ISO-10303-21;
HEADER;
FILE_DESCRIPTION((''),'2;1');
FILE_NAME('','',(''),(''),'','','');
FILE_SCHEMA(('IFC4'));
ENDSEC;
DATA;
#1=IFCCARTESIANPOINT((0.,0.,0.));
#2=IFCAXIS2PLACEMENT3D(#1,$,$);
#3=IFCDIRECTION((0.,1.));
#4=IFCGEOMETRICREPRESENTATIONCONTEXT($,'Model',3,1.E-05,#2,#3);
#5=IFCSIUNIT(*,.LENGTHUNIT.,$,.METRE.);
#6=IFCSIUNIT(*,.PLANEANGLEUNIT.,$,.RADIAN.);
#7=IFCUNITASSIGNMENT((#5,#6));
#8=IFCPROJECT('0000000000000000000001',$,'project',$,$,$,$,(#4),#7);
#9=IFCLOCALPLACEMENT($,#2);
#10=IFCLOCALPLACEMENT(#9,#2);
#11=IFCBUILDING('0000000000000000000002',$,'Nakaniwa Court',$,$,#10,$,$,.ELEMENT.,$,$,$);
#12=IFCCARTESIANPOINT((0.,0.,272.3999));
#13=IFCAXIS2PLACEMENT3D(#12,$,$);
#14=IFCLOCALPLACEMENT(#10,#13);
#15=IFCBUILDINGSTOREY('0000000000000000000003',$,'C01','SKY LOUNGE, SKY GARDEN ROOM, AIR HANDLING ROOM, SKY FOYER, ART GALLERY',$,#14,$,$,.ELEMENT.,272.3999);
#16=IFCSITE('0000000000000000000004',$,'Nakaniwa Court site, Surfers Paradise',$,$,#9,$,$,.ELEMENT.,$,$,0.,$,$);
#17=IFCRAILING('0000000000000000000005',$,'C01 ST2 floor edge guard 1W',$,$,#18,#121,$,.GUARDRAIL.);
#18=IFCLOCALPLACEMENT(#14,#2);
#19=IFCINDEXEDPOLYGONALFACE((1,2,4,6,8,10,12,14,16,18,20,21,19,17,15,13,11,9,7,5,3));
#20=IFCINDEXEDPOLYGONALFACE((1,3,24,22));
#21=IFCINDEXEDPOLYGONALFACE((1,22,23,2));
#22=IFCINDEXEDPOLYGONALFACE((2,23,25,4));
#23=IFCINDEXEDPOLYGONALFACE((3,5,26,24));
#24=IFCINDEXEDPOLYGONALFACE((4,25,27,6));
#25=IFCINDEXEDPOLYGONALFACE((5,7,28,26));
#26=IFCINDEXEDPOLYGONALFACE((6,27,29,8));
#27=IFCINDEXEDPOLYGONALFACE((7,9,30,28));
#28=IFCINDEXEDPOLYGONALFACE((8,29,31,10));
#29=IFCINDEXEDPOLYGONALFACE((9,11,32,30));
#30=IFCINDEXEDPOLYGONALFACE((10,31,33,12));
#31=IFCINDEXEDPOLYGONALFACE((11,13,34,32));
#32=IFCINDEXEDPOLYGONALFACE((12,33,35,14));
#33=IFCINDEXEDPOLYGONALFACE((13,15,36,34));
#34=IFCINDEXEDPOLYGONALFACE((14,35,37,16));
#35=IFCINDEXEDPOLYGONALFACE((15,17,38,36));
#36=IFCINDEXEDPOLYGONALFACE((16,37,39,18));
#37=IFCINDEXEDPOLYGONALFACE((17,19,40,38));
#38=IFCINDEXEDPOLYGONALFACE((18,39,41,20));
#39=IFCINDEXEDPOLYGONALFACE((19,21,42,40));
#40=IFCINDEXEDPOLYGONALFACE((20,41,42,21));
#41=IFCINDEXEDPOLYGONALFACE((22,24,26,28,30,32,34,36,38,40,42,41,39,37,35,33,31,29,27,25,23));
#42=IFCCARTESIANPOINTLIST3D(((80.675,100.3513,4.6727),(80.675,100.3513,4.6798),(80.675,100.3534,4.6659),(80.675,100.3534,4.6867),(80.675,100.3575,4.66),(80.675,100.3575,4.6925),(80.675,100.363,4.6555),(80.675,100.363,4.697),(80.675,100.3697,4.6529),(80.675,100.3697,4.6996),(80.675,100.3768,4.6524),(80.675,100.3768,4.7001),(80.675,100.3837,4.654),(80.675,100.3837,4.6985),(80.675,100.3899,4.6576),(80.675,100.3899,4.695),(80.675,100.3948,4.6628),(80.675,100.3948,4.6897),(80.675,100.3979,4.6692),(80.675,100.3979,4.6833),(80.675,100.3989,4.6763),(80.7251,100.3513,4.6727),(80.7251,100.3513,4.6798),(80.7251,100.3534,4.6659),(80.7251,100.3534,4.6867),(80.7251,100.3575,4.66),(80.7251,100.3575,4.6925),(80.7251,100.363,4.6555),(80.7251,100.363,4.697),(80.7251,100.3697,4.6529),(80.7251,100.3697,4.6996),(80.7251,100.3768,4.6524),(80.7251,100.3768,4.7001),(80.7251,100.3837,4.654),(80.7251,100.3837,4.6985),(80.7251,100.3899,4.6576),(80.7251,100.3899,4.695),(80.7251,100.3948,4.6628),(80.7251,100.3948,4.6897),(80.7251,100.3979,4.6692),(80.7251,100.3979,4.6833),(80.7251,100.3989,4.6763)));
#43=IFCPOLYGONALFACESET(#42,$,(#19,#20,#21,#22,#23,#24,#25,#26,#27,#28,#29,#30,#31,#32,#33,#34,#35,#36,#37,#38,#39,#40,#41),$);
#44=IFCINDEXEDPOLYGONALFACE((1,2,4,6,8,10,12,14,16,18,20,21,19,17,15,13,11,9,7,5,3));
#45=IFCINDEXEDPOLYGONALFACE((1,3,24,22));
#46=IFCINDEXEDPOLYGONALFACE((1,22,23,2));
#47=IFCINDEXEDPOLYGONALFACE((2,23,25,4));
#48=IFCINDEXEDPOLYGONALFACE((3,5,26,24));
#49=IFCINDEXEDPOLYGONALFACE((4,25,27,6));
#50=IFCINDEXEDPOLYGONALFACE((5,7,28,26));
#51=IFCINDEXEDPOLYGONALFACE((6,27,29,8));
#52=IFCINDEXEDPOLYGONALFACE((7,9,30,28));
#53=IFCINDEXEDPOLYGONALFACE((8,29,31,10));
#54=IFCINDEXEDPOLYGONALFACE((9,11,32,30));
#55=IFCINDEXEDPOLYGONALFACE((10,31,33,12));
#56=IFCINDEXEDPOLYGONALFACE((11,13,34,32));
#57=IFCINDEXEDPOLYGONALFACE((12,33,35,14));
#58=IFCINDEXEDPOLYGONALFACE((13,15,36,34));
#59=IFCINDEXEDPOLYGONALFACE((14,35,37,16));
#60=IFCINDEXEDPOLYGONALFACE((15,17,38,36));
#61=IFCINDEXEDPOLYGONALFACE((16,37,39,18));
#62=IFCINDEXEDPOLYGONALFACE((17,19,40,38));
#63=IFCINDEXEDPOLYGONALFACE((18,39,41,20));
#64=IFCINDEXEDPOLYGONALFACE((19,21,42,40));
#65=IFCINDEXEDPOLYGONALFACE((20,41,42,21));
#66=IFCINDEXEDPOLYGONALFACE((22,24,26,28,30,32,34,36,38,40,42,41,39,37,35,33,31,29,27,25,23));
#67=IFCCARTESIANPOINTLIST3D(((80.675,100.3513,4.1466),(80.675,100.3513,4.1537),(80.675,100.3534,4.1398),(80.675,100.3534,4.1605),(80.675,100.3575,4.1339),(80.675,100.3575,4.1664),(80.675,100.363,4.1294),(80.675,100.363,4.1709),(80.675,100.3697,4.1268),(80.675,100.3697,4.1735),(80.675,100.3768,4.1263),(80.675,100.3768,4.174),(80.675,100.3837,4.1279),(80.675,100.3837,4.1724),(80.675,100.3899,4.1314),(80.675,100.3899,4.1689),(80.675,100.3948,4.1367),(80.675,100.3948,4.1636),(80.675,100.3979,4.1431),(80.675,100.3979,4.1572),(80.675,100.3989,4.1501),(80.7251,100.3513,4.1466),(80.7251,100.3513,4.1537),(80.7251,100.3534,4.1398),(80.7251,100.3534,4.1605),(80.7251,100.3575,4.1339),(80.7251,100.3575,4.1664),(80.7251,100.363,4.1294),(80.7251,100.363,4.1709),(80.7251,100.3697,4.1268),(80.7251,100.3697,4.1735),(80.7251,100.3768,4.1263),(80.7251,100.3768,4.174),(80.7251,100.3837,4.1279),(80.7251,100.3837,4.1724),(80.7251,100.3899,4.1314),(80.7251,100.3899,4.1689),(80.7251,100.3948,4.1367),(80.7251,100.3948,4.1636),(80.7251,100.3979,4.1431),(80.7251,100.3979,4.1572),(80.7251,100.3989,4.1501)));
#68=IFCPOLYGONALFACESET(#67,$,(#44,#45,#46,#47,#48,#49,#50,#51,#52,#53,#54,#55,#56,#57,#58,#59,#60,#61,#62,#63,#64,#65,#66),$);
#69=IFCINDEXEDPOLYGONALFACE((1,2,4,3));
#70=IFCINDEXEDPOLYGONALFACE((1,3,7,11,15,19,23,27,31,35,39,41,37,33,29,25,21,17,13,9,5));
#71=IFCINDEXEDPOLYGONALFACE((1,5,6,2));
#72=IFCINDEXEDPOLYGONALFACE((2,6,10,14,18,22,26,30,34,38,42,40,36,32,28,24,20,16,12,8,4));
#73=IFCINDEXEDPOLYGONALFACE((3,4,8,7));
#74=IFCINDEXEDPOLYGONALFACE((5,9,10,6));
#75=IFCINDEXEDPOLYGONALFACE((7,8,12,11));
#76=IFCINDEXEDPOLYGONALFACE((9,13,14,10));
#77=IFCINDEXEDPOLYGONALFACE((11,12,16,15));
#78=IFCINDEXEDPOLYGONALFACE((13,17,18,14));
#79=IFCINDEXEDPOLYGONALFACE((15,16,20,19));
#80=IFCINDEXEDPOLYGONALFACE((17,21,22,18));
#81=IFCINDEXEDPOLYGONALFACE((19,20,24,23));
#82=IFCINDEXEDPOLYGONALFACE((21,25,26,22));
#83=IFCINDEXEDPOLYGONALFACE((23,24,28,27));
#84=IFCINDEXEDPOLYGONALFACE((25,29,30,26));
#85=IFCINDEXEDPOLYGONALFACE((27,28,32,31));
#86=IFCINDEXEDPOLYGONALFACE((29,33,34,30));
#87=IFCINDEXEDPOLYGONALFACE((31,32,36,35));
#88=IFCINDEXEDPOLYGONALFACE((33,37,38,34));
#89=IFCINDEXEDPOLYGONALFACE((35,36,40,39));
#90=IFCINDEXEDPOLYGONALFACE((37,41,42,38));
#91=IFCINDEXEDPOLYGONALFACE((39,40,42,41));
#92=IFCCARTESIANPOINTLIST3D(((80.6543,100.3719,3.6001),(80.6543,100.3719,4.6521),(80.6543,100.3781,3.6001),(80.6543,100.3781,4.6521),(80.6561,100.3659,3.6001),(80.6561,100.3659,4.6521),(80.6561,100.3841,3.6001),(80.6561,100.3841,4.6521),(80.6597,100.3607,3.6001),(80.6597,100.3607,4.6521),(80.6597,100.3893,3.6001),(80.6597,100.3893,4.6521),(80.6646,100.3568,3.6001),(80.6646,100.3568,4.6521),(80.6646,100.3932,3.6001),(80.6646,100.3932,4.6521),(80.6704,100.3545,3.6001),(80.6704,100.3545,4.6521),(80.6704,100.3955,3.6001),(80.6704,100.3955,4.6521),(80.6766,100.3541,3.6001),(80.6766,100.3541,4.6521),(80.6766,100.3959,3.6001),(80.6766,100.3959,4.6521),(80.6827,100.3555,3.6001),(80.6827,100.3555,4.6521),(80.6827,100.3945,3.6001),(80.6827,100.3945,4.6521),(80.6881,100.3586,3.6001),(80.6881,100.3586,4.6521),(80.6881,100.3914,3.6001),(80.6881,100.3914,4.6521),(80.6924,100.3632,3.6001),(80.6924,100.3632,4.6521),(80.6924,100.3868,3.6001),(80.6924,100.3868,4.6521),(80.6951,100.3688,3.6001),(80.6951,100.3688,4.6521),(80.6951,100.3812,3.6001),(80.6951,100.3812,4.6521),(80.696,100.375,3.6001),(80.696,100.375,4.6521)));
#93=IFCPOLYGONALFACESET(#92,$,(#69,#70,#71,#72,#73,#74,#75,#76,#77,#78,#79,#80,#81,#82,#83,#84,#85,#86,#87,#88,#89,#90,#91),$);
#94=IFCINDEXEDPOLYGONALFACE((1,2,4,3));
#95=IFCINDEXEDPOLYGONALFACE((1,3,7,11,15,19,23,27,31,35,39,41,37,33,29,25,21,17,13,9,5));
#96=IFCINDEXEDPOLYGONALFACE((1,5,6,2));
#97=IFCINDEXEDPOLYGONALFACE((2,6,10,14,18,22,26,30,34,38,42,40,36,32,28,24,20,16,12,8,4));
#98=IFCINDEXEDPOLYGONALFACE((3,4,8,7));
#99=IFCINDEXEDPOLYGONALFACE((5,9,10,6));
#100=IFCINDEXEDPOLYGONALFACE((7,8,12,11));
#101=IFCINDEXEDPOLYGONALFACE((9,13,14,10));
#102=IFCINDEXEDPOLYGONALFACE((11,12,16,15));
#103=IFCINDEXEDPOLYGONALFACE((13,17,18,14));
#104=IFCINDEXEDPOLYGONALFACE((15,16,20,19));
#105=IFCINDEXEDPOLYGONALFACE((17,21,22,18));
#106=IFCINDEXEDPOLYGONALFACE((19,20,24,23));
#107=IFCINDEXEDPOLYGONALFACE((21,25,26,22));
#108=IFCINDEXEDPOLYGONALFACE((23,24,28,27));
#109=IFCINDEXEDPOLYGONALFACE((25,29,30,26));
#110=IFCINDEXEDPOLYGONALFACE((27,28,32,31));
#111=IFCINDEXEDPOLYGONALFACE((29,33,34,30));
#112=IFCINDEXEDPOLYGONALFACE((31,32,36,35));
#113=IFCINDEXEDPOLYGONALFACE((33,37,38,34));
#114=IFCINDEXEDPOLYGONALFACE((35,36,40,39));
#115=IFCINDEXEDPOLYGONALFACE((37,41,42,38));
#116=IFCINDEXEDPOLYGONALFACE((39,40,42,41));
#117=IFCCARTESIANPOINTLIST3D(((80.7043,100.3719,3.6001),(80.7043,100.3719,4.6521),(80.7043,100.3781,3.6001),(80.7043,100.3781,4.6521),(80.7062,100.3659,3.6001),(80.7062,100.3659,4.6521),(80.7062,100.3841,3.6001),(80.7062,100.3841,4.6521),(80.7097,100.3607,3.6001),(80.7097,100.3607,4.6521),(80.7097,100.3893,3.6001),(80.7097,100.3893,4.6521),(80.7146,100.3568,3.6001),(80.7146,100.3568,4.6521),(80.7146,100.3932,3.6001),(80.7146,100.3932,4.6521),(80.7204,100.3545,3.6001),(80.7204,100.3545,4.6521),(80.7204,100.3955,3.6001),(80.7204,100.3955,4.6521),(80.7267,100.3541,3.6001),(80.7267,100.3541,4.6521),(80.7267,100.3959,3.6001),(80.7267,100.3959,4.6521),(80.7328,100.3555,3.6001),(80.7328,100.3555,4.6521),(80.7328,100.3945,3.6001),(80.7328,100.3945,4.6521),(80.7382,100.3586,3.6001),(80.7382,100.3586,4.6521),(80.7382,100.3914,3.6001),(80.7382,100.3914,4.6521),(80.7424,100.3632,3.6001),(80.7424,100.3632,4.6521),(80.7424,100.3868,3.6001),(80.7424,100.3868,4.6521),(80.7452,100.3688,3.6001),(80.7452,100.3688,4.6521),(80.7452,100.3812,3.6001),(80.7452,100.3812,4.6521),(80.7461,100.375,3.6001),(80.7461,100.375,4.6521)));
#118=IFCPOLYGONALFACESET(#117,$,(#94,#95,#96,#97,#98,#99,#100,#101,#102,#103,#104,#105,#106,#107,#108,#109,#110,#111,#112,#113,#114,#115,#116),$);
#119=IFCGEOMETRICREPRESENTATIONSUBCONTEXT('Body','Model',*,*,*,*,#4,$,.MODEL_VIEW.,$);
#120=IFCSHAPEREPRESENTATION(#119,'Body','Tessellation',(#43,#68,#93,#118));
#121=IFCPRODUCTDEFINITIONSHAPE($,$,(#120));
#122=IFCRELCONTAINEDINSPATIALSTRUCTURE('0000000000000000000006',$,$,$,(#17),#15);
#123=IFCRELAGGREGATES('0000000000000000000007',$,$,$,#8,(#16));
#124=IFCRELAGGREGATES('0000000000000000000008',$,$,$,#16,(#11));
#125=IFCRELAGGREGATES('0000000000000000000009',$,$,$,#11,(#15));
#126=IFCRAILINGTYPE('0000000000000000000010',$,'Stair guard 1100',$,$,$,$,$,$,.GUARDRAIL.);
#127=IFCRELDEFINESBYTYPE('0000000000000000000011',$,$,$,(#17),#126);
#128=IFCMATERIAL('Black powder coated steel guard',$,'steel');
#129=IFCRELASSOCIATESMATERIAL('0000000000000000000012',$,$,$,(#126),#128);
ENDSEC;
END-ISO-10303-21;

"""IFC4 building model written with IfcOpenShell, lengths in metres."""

from ifc_helpers import new_model, si_unit, direction, frame, origin, origin_2d, place, context, subcontext, project, spatial, circle, extrude, material, type_object, element, save


model = new_model("IFC4")

# Units and contexts
model_context = context("Model", 3, precision=1e-05, world=origin(), true_north=direction((0.0, 1.0)))
body_context = subcontext(model_context, "Body", "Model", "MODEL_VIEW")
ifc_project = project(units=[si_unit("LENGTHUNIT", "METRE"), si_unit("PLANEANGLEUNIT", "RADIAN")], contexts=[model_context])

# Site, building, storey
site_placement = place(None, origin())
site = spatial("IfcSite", under=ifc_project, at=site_placement, Name="Nakaniwa Court site, Surfers Paradise", CompositionType="ELEMENT", RefElevation=0.0)
building_placement = place(site_placement, origin())
building = spatial("IfcBuilding", under=site, at=building_placement, Name="Nakaniwa Court", CompositionType="ELEMENT")
storey_placement = place(building_placement, frame((0.0, 0.0, 272.3999)))
storey = spatial("IfcBuildingStorey", under=building, at=storey_placement, Name="C01", Description="SKY LOUNGE, SKY GARDEN ROOM, AIR HANDLING ROOM, SKY FOYER, ART GALLERY", CompositionType="ELEMENT", Elevation=272.3999)

# Railing
ifc_material_1 = material(Name="Black powder coated steel guard", Category="steel")
railing_type_1 = type_object("IfcRailingType", Name="Stair guard 1100", PredefinedType="GUARDRAIL", material=ifc_material_1)
for number, where, name in (
    (1, (80.675, 100.375, 3.6001), "C01 ST2 floor edge guard 1W"),
):
    element("IfcRailing", number, at=place(storey_placement, frame(where)), inside=storey, type_object=railing_type_1, Name=name, PredefinedType="GUARDRAIL", context=body_context, shape_type="SweptSolid", body=[
        extrude(circle(Radius=0.0239, at=origin_2d()), frame((0.0, 0.0, 1.0762), z_axis=(1.0, 0.0, 0.0), x_axis=(0.0, 1.0, 0.0)), (0.0, 0.0, 1.0), 0.05),
        extrude(circle(Radius=0.0239, at=origin_2d()), frame((0.0, 0.0, 0.55), z_axis=(1.0, 0.0, 0.0), x_axis=(0.0, 1.0, 0.0)), (0.0, 0.0, 1.0), 0.05),
        extrude(circle(Radius=0.021, at=origin_2d()), origin(), (0.0, 0.0, 1.0), 1.052),
        extrude(circle(Radius=0.021, at=origin_2d()), frame((0.05, 0.0, 0.0)), (0.0, 0.0, 1.0), 1.052),
    ])

save(model, "model.ifc")
